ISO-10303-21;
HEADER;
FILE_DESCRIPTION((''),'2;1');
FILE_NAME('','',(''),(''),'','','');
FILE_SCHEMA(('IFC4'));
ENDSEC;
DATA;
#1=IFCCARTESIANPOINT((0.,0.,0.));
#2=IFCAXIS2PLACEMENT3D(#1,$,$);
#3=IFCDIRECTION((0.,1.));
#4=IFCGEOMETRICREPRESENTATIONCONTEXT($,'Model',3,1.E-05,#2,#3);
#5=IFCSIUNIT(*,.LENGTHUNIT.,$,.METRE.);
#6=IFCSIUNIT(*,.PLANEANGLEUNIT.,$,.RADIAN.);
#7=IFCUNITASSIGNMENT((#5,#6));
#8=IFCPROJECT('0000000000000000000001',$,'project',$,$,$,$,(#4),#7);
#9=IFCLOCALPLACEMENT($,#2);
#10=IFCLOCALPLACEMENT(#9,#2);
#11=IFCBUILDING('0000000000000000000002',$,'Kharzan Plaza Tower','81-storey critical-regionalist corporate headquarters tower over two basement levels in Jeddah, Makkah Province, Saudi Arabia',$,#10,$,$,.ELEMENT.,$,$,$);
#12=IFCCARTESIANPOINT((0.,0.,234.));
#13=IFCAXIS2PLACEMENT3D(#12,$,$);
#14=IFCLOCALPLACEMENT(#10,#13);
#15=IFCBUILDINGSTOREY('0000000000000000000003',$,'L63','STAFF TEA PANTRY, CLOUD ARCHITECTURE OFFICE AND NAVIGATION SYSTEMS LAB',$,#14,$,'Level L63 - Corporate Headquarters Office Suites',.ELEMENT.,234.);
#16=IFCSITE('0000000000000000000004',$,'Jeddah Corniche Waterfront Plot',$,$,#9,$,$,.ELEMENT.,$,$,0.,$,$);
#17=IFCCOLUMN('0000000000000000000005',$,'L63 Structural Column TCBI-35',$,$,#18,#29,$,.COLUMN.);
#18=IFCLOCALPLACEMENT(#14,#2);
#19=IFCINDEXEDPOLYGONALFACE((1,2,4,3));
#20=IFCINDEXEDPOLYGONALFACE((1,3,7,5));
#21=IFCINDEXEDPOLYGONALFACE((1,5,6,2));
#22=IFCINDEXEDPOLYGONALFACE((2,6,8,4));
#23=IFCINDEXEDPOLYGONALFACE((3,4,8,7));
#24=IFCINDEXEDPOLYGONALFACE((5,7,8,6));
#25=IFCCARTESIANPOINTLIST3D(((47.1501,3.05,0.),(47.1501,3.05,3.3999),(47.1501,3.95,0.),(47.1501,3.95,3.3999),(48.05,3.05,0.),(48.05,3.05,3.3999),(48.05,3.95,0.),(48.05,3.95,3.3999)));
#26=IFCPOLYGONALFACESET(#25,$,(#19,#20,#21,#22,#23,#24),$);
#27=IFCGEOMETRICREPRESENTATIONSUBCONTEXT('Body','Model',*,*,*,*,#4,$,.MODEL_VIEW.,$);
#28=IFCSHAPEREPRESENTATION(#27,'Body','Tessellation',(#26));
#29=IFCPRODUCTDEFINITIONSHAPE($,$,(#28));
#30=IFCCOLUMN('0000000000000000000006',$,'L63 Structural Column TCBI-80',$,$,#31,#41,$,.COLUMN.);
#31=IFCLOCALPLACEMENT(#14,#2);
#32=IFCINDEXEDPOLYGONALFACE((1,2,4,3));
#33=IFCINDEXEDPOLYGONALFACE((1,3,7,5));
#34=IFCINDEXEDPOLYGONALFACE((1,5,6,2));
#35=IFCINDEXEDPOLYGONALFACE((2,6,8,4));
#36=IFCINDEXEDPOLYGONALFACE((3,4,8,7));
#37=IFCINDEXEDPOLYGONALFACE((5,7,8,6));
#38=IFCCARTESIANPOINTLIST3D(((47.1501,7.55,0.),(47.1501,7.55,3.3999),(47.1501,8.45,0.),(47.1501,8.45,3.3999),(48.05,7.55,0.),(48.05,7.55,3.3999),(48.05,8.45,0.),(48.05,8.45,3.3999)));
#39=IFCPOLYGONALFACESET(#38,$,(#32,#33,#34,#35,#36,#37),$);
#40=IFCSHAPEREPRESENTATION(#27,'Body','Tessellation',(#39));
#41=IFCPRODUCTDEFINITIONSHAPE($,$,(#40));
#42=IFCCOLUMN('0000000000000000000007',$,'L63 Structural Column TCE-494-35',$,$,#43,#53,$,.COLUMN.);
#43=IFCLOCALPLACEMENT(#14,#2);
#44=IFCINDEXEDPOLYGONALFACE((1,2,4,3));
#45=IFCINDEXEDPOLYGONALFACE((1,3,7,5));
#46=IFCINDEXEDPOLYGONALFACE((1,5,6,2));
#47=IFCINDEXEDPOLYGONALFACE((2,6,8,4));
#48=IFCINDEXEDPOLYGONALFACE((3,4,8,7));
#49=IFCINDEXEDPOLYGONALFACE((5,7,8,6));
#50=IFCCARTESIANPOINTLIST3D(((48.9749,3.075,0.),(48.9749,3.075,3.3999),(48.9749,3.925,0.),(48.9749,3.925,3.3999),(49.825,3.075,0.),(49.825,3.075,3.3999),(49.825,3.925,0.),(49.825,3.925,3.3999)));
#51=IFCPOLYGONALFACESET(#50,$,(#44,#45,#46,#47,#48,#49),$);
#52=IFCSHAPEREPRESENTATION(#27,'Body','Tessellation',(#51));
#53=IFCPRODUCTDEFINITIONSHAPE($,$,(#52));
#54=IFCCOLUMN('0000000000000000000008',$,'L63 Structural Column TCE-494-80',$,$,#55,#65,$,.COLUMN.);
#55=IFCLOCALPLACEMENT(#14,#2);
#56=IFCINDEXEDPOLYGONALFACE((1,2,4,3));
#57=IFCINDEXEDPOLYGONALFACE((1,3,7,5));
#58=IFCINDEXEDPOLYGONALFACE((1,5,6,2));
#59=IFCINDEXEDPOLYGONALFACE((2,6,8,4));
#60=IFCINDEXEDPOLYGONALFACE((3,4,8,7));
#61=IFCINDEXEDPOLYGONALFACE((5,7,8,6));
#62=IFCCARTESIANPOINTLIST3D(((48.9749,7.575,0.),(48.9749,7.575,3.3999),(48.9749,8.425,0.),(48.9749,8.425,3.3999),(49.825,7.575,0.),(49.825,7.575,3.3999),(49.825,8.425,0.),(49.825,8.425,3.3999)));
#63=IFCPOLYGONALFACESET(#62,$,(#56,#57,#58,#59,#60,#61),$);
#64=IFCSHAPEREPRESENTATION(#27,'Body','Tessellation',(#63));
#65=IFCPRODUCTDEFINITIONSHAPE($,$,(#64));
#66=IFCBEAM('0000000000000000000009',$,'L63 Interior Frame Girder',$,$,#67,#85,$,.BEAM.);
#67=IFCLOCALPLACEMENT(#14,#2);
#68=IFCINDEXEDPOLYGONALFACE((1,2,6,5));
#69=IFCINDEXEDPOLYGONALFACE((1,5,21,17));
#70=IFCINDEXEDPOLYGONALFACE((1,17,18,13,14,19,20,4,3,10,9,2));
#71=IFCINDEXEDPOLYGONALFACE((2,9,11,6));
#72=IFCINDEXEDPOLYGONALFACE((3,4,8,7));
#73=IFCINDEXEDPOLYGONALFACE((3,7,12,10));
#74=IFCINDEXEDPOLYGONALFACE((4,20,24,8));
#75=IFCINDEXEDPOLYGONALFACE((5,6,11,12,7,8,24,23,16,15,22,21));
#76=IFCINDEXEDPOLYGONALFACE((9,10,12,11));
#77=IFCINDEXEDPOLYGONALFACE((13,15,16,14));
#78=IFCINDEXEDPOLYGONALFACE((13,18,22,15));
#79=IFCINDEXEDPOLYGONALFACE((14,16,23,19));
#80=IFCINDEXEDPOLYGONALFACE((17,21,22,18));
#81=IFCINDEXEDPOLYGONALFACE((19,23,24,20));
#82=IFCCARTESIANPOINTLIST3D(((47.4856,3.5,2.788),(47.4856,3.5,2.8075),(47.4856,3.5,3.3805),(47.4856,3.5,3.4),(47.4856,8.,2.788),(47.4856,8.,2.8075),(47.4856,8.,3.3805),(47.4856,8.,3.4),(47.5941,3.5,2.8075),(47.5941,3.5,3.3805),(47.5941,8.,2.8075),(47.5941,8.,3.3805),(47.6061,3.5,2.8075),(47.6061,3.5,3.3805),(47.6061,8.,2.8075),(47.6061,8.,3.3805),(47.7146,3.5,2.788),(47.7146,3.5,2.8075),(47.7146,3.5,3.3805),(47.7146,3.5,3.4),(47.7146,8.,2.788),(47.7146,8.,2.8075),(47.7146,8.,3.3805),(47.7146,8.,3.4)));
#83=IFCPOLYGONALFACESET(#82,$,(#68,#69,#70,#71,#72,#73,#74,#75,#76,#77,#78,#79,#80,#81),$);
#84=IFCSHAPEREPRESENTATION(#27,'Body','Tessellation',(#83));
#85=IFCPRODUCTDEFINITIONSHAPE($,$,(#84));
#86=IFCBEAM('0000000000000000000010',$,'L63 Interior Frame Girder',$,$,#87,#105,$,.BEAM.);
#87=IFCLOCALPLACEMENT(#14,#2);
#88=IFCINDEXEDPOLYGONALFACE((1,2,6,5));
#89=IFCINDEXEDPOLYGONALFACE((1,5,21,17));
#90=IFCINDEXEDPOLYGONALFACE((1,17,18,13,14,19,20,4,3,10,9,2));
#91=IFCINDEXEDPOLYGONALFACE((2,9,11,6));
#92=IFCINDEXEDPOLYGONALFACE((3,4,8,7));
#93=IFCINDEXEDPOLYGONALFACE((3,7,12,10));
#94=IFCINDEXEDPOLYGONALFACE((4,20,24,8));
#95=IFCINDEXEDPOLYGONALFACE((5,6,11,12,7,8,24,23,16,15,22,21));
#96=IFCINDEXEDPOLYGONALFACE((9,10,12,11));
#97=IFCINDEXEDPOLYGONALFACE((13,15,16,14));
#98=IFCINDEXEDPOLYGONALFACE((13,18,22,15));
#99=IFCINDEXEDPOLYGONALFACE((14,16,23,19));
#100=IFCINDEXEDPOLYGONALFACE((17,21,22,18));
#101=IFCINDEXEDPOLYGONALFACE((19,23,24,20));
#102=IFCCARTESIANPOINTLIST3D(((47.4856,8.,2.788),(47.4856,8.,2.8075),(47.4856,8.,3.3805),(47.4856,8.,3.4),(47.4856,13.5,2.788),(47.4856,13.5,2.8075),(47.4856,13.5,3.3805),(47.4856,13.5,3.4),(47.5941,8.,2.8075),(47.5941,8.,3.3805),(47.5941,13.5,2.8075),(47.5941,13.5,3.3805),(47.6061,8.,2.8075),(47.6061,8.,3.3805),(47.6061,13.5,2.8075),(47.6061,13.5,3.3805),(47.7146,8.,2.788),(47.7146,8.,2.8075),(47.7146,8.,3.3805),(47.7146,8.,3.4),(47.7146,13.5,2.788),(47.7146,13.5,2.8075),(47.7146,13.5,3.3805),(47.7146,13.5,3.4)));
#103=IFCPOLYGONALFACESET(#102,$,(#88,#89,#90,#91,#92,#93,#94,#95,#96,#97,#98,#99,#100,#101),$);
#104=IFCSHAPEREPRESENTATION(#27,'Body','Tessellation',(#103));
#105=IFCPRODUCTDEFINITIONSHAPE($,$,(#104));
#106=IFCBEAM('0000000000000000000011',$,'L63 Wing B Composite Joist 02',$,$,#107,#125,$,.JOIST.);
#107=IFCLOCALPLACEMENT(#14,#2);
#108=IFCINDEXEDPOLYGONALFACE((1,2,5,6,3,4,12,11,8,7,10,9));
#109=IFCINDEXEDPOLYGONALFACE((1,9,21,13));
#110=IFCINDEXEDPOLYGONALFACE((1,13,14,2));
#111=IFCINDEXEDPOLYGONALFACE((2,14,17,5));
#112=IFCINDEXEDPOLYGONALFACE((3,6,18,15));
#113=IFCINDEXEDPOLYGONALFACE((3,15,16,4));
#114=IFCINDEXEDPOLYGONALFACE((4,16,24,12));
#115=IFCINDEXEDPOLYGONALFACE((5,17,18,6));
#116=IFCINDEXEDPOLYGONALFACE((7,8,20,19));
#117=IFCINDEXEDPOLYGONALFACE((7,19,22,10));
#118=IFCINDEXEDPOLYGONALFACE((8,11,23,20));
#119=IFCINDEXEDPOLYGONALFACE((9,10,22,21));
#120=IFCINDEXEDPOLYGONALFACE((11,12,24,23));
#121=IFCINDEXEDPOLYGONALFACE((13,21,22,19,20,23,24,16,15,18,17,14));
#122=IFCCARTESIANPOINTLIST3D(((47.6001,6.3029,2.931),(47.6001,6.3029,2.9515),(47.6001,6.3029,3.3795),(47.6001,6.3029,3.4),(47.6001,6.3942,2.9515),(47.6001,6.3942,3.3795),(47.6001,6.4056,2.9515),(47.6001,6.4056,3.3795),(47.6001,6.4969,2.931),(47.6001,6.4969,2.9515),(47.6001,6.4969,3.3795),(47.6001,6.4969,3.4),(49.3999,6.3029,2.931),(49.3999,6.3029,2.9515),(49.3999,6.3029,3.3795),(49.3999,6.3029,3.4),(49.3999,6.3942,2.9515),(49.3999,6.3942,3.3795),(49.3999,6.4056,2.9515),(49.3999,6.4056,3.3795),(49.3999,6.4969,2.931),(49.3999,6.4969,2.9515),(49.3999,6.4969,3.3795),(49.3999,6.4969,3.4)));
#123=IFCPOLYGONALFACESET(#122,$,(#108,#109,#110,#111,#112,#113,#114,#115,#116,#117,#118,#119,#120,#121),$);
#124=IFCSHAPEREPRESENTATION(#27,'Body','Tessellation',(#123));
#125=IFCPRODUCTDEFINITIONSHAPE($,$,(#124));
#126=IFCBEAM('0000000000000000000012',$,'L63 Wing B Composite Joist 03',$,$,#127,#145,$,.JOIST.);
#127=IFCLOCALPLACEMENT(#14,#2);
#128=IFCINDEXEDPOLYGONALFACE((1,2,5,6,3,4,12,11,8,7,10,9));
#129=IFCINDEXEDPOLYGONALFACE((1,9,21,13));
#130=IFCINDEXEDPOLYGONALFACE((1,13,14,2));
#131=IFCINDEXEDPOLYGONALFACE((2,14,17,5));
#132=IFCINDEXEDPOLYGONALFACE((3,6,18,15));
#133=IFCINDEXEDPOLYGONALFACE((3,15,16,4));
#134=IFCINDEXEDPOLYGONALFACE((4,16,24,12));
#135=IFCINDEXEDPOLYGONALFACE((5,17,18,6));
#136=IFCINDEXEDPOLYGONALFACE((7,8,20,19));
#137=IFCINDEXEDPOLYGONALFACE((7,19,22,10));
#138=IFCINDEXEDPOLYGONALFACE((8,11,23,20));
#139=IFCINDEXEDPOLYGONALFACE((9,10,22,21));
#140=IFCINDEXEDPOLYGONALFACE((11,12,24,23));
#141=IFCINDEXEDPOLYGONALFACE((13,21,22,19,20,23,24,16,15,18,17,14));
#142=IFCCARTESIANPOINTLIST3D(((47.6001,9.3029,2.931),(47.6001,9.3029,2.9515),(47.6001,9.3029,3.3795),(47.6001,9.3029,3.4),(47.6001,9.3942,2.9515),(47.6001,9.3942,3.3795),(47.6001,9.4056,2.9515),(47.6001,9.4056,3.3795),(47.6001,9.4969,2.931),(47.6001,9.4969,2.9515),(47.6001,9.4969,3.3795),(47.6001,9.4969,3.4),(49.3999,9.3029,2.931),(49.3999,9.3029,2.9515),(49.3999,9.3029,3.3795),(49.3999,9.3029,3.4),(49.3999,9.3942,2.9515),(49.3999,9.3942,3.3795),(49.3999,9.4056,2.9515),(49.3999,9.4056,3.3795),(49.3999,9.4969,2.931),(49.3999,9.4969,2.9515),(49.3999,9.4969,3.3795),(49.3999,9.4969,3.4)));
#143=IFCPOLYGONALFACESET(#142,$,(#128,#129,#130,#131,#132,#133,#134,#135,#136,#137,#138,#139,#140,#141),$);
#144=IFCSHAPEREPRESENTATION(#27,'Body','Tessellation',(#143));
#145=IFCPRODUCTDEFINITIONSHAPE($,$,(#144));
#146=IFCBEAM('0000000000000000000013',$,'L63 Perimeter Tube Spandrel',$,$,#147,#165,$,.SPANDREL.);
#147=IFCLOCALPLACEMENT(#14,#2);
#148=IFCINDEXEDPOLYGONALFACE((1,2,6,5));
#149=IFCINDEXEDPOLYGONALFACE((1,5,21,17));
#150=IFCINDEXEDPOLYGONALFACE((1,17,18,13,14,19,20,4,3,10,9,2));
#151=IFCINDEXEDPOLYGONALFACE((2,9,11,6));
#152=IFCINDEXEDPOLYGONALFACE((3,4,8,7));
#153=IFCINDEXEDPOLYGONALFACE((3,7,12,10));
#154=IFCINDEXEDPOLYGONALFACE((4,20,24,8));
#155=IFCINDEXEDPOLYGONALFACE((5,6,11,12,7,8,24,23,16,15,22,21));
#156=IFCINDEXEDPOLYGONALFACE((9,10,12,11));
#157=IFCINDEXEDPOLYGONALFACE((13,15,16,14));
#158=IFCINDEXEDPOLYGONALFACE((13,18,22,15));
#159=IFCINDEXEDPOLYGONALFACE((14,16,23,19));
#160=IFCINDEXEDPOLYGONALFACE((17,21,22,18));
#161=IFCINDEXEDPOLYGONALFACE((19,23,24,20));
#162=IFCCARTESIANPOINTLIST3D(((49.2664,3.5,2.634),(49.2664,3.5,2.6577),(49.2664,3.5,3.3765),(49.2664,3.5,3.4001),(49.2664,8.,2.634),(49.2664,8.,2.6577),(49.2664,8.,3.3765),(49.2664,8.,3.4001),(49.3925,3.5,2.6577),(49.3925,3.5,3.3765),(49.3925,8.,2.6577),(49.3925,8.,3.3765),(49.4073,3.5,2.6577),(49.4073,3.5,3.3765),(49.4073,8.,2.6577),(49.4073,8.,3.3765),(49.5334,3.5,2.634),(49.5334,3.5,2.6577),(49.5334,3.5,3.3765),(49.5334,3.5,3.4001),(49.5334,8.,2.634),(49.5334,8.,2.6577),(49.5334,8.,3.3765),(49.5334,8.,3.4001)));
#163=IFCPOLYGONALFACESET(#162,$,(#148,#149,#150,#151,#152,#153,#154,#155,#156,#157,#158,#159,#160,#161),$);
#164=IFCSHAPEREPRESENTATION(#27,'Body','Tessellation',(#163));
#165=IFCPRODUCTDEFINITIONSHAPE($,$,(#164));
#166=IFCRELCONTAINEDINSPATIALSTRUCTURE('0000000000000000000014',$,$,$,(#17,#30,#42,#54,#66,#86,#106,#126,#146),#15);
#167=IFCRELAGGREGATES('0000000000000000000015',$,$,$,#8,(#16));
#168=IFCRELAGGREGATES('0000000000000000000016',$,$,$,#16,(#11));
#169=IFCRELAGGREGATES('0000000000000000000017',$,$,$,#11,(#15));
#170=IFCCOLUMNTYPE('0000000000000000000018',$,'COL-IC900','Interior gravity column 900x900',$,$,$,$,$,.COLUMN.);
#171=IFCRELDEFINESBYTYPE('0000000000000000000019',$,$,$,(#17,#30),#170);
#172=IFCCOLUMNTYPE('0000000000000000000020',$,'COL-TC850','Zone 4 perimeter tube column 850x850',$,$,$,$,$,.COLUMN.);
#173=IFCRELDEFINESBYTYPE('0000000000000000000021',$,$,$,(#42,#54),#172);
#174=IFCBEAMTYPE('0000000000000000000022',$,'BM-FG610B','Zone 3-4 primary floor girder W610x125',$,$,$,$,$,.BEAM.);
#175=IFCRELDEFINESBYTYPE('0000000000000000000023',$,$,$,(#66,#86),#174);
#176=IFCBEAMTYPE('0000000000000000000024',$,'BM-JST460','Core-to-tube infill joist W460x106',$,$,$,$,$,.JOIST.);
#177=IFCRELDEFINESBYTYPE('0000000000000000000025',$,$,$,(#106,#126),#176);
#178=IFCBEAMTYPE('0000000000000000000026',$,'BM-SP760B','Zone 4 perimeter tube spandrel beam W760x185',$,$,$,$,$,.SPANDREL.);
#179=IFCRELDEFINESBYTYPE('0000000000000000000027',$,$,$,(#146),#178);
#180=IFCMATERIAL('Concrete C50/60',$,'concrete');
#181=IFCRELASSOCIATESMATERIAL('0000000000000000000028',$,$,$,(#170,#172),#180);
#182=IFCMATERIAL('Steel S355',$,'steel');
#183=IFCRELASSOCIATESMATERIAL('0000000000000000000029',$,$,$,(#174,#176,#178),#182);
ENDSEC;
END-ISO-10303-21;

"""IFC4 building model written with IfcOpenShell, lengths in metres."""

from ifc_helpers import new_model, si_unit, direction, frame, origin, origin_2d, place, context, subcontext, project, spatial, rectangle, i_section, extrude, source, transform, mapped, material, material_profile, profile_set, type_object, element, save


model = new_model("IFC4")

# Units and contexts
model_context = context("Model", 3, precision=1e-05, world=origin(), true_north=direction((0.0, 1.0)))
body_context = subcontext(model_context, "Body", "Model", "MODEL_VIEW")
ifc_project = project(units=[si_unit("LENGTHUNIT", "METRE"), si_unit("PLANEANGLEUNIT", "RADIAN")], contexts=[model_context])

# Site, building, storey
site_placement = place(None, origin())
site = spatial("IfcSite", under=ifc_project, at=site_placement, Name="Jeddah Corniche Waterfront Plot", CompositionType="ELEMENT", RefElevation=0.0)
building_placement = place(site_placement, origin())
building = spatial("IfcBuilding", under=site, at=building_placement, Name="Kharzan Plaza Tower", Description="81-storey critical-regionalist corporate headquarters tower over two basement levels in Jeddah, Makkah Province, Saudi Arabia", CompositionType="ELEMENT")
storey_placement = place(building_placement, frame((0.0, 0.0, 234.0)))
storey = spatial("IfcBuildingStorey", under=building, at=storey_placement, Name="L63", Description="STAFF TEA PANTRY, CLOUD ARCHITECTURE OFFICE AND NAVIGATION SYSTEMS LAB", LongName="Level L63 - Corporate Headquarters Office Suites", CompositionType="ELEMENT", Elevation=234.0)

# Columns
ifc_material_1 = material(Name="Concrete C50/60", Category="concrete")
ifc_material_profile_1 = material_profile(ifc_material_1, rectangle(XDim=0.8999, YDim=0.8999, at=origin_2d()), Name="RC-IC900x900")
ifc_profile_set_1 = profile_set([ifc_material_profile_1], Name="Concrete C50/60")
column_type_1 = type_object("IfcColumnType", Name="COL-IC900", Description="Interior gravity column 900x900", PredefinedType="COLUMN", material=ifc_profile_set_1)
shared_shape_1 = source(origin(), body_context, "Body", "SweptSolid", [
    extrude(rectangle(XDim=0.8999, YDim=0.8999, at=origin_2d()), origin(), (0.0, 0.0, 1.0), 3.3999),
])
for number, where, z_axis, x_axis, name in (
    (1, (47.6001, 3.5, 0.0), (0.0, 0.0, 1.0), (1.0, 0.0, 0.0), "L63 Structural Column TCBI-35"),
    (2, (47.6001, 8.0, 0.0), (0.0, 0.0, 1.0), (1.0, 0.0, 0.0), "L63 Structural Column TCBI-80"),
):
    element("IfcColumn", number, at=place(storey_placement, frame(where, z_axis=z_axis, x_axis=x_axis)), inside=storey, type_object=column_type_1, Name=name, PredefinedType="COLUMN", context=body_context, shape_type="MappedRepresentation", body=[
        mapped(shared_shape_1, transform((0.0, 0.0, 0.0), x_axis=(1.0, 0.0, 0.0), y_axis=(0.0, 1.0, 0.0), z_axis=(0.0, 0.0, 1.0))),
    ])
ifc_material_profile_2 = material_profile(ifc_material_1, rectangle(XDim=0.8501, YDim=0.8501, at=origin_2d()), Name="RC-TC850x850")
ifc_profile_set_2 = profile_set([ifc_material_profile_2], Name="Concrete C50/60")
column_type_2 = type_object("IfcColumnType", Name="COL-TC850", Description="Zone 4 perimeter tube column 850x850", PredefinedType="COLUMN", material=ifc_profile_set_2)
shared_shape_2 = source(origin(), body_context, "Body", "SweptSolid", [
    extrude(rectangle(XDim=0.8501, YDim=0.8501, at=origin_2d()), origin(), (0.0, 0.0, 1.0), 3.3999),
])
for number, where, z_axis, x_axis, name in (
    (3, (49.3999, 3.5, 0.0), (0.0, 0.0, 1.0), (1.0, 0.0, 0.0), "L63 Structural Column TCE-494-35"),
    (4, (49.3999, 8.0, 0.0), (0.0, 0.0, 1.0), (1.0, 0.0, 0.0), "L63 Structural Column TCE-494-80"),
):
    element("IfcColumn", number, at=place(storey_placement, frame(where, z_axis=z_axis, x_axis=x_axis)), inside=storey, type_object=column_type_2, Name=name, PredefinedType="COLUMN", context=body_context, shape_type="MappedRepresentation", body=[
        mapped(shared_shape_2, transform((0.0, 0.0, 0.0), x_axis=(1.0, 0.0, 0.0), y_axis=(0.0, 1.0, 0.0), z_axis=(0.0, 0.0, 1.0))),
    ])

# Beams
ifc_material_2 = material(Name="Steel S355", Category="steel")
ifc_material_profile_3 = material_profile(ifc_material_2, i_section(OverallWidth=0.229, OverallDepth=0.6121, WebThickness=0.012, FlangeThickness=0.0195, at=origin_2d()), Name="W610x125")
ifc_profile_set_3 = profile_set([ifc_material_profile_3], Name="Steel S355")
beam_type_1 = type_object("IfcBeamType", Name="BM-FG610B", Description="Zone 3-4 primary floor girder W610x125", PredefinedType="BEAM", material=ifc_profile_set_3)
shared_shape_3 = source(origin(), body_context, "Body", "SweptSolid", [
    extrude(i_section(OverallWidth=0.229, OverallDepth=0.6121, WebThickness=0.012, FlangeThickness=0.0195, at=origin_2d()), origin(), (0.0, 0.0, 1.0), 4.5),
])
beam_1_placement = place(storey_placement, frame((47.6001, 3.5, 3.094), z_axis=(0.0, 1.0, 0.0), x_axis=(-1.0, 0.0, 0.0)))
element("IfcBeam", 5, at=beam_1_placement, inside=storey, type_object=beam_type_1, Name="L63 Interior Frame Girder", PredefinedType="BEAM", context=body_context, shape_type="MappedRepresentation", body=[
    mapped(shared_shape_3, transform((0.0, 0.0, 0.0), x_axis=(1.0, 0.0, 0.0), y_axis=(0.0, 1.0, 0.0), z_axis=(0.0, 0.0, 1.0))),
])
shared_shape_4 = source(origin(), body_context, "Body", "SweptSolid", [
    extrude(i_section(OverallWidth=0.229, OverallDepth=0.6121, WebThickness=0.012, FlangeThickness=0.0195, at=origin_2d()), origin(), (0.0, 0.0, 1.0), 5.5),
])
beam_2_placement = place(storey_placement, frame((47.6001, 8.0, 3.094), z_axis=(0.0, 1.0, 0.0), x_axis=(-1.0, 0.0, 0.0)))
element("IfcBeam", 6, at=beam_2_placement, inside=storey, type_object=beam_type_1, Name="L63 Interior Frame Girder", PredefinedType="BEAM", context=body_context, shape_type="MappedRepresentation", body=[
    mapped(shared_shape_4, transform((0.0, 0.0, 0.0), x_axis=(1.0, 0.0, 0.0), y_axis=(0.0, 1.0, 0.0), z_axis=(0.0, 0.0, 1.0))),
])
ifc_material_profile_4 = material_profile(ifc_material_2, i_section(OverallWidth=0.1941, OverallDepth=0.469, WebThickness=0.0115, FlangeThickness=0.0205, at=origin_2d()), Name="W460x106")
ifc_profile_set_4 = profile_set([ifc_material_profile_4], Name="Steel S355")
beam_type_2 = type_object("IfcBeamType", Name="BM-JST460", Description="Core-to-tube infill joist W460x106", PredefinedType="JOIST", material=ifc_profile_set_4)
shared_shape_5 = source(origin(), body_context, "Body", "SweptSolid", [
    extrude(i_section(OverallWidth=0.1941, OverallDepth=0.469, WebThickness=0.0115, FlangeThickness=0.0205, at=origin_2d()), origin(), (0.0, 0.0, 1.0), 1.7998),
])
for number, where, z_axis, x_axis, name in (
    (7, (47.6001, 6.3999, 3.1655), (1.0, 0.0, 0.0), (0.0, 1.0, 0.0), "L63 Wing B Composite Joist 02"),
    (8, (47.6001, 9.3999, 3.1655), (1.0, 0.0, 0.0), (0.0, 1.0, 0.0), "L63 Wing B Composite Joist 03"),
):
    element("IfcBeam", number, at=place(storey_placement, frame(where, z_axis=z_axis, x_axis=x_axis)), inside=storey, type_object=beam_type_2, Name=name, PredefinedType="JOIST", context=body_context, shape_type="MappedRepresentation", body=[
        mapped(shared_shape_5, transform((0.0, 0.0, 0.0), x_axis=(1.0, 0.0, 0.0), y_axis=(0.0, 1.0, 0.0), z_axis=(0.0, 0.0, 1.0))),
    ])
ifc_material_profile_5 = material_profile(ifc_material_2, i_section(OverallWidth=0.2671, OverallDepth=0.7661, WebThickness=0.0149, FlangeThickness=0.0237, at=origin_2d()), Name="W760x185")
ifc_profile_set_5 = profile_set([ifc_material_profile_5], Name="Steel S355")
beam_type_3 = type_object("IfcBeamType", Name="BM-SP760B", Description="Zone 4 perimeter tube spandrel beam W760x185", PredefinedType="SPANDREL", material=ifc_profile_set_5)
shared_shape_6 = source(origin(), body_context, "Body", "SweptSolid", [
    extrude(i_section(OverallWidth=0.2671, OverallDepth=0.7661, WebThickness=0.0149, FlangeThickness=0.0237, at=origin_2d()), origin(), (0.0, 0.0, 1.0), 4.5),
])
beam_3_placement = place(storey_placement, frame((49.3999, 3.5, 3.0171), z_axis=(0.0, 1.0, 0.0), x_axis=(-1.0, 0.0, 0.0)))
element("IfcBeam", 9, at=beam_3_placement, inside=storey, type_object=beam_type_3, Name="L63 Perimeter Tube Spandrel", PredefinedType="SPANDREL", context=body_context, shape_type="MappedRepresentation", body=[
    mapped(shared_shape_6, transform((0.0, 0.0, 0.0), x_axis=(1.0, 0.0, 0.0), y_axis=(0.0, 1.0, 0.0), z_axis=(0.0, 0.0, 1.0))),
])

save(model, "model.ifc")
